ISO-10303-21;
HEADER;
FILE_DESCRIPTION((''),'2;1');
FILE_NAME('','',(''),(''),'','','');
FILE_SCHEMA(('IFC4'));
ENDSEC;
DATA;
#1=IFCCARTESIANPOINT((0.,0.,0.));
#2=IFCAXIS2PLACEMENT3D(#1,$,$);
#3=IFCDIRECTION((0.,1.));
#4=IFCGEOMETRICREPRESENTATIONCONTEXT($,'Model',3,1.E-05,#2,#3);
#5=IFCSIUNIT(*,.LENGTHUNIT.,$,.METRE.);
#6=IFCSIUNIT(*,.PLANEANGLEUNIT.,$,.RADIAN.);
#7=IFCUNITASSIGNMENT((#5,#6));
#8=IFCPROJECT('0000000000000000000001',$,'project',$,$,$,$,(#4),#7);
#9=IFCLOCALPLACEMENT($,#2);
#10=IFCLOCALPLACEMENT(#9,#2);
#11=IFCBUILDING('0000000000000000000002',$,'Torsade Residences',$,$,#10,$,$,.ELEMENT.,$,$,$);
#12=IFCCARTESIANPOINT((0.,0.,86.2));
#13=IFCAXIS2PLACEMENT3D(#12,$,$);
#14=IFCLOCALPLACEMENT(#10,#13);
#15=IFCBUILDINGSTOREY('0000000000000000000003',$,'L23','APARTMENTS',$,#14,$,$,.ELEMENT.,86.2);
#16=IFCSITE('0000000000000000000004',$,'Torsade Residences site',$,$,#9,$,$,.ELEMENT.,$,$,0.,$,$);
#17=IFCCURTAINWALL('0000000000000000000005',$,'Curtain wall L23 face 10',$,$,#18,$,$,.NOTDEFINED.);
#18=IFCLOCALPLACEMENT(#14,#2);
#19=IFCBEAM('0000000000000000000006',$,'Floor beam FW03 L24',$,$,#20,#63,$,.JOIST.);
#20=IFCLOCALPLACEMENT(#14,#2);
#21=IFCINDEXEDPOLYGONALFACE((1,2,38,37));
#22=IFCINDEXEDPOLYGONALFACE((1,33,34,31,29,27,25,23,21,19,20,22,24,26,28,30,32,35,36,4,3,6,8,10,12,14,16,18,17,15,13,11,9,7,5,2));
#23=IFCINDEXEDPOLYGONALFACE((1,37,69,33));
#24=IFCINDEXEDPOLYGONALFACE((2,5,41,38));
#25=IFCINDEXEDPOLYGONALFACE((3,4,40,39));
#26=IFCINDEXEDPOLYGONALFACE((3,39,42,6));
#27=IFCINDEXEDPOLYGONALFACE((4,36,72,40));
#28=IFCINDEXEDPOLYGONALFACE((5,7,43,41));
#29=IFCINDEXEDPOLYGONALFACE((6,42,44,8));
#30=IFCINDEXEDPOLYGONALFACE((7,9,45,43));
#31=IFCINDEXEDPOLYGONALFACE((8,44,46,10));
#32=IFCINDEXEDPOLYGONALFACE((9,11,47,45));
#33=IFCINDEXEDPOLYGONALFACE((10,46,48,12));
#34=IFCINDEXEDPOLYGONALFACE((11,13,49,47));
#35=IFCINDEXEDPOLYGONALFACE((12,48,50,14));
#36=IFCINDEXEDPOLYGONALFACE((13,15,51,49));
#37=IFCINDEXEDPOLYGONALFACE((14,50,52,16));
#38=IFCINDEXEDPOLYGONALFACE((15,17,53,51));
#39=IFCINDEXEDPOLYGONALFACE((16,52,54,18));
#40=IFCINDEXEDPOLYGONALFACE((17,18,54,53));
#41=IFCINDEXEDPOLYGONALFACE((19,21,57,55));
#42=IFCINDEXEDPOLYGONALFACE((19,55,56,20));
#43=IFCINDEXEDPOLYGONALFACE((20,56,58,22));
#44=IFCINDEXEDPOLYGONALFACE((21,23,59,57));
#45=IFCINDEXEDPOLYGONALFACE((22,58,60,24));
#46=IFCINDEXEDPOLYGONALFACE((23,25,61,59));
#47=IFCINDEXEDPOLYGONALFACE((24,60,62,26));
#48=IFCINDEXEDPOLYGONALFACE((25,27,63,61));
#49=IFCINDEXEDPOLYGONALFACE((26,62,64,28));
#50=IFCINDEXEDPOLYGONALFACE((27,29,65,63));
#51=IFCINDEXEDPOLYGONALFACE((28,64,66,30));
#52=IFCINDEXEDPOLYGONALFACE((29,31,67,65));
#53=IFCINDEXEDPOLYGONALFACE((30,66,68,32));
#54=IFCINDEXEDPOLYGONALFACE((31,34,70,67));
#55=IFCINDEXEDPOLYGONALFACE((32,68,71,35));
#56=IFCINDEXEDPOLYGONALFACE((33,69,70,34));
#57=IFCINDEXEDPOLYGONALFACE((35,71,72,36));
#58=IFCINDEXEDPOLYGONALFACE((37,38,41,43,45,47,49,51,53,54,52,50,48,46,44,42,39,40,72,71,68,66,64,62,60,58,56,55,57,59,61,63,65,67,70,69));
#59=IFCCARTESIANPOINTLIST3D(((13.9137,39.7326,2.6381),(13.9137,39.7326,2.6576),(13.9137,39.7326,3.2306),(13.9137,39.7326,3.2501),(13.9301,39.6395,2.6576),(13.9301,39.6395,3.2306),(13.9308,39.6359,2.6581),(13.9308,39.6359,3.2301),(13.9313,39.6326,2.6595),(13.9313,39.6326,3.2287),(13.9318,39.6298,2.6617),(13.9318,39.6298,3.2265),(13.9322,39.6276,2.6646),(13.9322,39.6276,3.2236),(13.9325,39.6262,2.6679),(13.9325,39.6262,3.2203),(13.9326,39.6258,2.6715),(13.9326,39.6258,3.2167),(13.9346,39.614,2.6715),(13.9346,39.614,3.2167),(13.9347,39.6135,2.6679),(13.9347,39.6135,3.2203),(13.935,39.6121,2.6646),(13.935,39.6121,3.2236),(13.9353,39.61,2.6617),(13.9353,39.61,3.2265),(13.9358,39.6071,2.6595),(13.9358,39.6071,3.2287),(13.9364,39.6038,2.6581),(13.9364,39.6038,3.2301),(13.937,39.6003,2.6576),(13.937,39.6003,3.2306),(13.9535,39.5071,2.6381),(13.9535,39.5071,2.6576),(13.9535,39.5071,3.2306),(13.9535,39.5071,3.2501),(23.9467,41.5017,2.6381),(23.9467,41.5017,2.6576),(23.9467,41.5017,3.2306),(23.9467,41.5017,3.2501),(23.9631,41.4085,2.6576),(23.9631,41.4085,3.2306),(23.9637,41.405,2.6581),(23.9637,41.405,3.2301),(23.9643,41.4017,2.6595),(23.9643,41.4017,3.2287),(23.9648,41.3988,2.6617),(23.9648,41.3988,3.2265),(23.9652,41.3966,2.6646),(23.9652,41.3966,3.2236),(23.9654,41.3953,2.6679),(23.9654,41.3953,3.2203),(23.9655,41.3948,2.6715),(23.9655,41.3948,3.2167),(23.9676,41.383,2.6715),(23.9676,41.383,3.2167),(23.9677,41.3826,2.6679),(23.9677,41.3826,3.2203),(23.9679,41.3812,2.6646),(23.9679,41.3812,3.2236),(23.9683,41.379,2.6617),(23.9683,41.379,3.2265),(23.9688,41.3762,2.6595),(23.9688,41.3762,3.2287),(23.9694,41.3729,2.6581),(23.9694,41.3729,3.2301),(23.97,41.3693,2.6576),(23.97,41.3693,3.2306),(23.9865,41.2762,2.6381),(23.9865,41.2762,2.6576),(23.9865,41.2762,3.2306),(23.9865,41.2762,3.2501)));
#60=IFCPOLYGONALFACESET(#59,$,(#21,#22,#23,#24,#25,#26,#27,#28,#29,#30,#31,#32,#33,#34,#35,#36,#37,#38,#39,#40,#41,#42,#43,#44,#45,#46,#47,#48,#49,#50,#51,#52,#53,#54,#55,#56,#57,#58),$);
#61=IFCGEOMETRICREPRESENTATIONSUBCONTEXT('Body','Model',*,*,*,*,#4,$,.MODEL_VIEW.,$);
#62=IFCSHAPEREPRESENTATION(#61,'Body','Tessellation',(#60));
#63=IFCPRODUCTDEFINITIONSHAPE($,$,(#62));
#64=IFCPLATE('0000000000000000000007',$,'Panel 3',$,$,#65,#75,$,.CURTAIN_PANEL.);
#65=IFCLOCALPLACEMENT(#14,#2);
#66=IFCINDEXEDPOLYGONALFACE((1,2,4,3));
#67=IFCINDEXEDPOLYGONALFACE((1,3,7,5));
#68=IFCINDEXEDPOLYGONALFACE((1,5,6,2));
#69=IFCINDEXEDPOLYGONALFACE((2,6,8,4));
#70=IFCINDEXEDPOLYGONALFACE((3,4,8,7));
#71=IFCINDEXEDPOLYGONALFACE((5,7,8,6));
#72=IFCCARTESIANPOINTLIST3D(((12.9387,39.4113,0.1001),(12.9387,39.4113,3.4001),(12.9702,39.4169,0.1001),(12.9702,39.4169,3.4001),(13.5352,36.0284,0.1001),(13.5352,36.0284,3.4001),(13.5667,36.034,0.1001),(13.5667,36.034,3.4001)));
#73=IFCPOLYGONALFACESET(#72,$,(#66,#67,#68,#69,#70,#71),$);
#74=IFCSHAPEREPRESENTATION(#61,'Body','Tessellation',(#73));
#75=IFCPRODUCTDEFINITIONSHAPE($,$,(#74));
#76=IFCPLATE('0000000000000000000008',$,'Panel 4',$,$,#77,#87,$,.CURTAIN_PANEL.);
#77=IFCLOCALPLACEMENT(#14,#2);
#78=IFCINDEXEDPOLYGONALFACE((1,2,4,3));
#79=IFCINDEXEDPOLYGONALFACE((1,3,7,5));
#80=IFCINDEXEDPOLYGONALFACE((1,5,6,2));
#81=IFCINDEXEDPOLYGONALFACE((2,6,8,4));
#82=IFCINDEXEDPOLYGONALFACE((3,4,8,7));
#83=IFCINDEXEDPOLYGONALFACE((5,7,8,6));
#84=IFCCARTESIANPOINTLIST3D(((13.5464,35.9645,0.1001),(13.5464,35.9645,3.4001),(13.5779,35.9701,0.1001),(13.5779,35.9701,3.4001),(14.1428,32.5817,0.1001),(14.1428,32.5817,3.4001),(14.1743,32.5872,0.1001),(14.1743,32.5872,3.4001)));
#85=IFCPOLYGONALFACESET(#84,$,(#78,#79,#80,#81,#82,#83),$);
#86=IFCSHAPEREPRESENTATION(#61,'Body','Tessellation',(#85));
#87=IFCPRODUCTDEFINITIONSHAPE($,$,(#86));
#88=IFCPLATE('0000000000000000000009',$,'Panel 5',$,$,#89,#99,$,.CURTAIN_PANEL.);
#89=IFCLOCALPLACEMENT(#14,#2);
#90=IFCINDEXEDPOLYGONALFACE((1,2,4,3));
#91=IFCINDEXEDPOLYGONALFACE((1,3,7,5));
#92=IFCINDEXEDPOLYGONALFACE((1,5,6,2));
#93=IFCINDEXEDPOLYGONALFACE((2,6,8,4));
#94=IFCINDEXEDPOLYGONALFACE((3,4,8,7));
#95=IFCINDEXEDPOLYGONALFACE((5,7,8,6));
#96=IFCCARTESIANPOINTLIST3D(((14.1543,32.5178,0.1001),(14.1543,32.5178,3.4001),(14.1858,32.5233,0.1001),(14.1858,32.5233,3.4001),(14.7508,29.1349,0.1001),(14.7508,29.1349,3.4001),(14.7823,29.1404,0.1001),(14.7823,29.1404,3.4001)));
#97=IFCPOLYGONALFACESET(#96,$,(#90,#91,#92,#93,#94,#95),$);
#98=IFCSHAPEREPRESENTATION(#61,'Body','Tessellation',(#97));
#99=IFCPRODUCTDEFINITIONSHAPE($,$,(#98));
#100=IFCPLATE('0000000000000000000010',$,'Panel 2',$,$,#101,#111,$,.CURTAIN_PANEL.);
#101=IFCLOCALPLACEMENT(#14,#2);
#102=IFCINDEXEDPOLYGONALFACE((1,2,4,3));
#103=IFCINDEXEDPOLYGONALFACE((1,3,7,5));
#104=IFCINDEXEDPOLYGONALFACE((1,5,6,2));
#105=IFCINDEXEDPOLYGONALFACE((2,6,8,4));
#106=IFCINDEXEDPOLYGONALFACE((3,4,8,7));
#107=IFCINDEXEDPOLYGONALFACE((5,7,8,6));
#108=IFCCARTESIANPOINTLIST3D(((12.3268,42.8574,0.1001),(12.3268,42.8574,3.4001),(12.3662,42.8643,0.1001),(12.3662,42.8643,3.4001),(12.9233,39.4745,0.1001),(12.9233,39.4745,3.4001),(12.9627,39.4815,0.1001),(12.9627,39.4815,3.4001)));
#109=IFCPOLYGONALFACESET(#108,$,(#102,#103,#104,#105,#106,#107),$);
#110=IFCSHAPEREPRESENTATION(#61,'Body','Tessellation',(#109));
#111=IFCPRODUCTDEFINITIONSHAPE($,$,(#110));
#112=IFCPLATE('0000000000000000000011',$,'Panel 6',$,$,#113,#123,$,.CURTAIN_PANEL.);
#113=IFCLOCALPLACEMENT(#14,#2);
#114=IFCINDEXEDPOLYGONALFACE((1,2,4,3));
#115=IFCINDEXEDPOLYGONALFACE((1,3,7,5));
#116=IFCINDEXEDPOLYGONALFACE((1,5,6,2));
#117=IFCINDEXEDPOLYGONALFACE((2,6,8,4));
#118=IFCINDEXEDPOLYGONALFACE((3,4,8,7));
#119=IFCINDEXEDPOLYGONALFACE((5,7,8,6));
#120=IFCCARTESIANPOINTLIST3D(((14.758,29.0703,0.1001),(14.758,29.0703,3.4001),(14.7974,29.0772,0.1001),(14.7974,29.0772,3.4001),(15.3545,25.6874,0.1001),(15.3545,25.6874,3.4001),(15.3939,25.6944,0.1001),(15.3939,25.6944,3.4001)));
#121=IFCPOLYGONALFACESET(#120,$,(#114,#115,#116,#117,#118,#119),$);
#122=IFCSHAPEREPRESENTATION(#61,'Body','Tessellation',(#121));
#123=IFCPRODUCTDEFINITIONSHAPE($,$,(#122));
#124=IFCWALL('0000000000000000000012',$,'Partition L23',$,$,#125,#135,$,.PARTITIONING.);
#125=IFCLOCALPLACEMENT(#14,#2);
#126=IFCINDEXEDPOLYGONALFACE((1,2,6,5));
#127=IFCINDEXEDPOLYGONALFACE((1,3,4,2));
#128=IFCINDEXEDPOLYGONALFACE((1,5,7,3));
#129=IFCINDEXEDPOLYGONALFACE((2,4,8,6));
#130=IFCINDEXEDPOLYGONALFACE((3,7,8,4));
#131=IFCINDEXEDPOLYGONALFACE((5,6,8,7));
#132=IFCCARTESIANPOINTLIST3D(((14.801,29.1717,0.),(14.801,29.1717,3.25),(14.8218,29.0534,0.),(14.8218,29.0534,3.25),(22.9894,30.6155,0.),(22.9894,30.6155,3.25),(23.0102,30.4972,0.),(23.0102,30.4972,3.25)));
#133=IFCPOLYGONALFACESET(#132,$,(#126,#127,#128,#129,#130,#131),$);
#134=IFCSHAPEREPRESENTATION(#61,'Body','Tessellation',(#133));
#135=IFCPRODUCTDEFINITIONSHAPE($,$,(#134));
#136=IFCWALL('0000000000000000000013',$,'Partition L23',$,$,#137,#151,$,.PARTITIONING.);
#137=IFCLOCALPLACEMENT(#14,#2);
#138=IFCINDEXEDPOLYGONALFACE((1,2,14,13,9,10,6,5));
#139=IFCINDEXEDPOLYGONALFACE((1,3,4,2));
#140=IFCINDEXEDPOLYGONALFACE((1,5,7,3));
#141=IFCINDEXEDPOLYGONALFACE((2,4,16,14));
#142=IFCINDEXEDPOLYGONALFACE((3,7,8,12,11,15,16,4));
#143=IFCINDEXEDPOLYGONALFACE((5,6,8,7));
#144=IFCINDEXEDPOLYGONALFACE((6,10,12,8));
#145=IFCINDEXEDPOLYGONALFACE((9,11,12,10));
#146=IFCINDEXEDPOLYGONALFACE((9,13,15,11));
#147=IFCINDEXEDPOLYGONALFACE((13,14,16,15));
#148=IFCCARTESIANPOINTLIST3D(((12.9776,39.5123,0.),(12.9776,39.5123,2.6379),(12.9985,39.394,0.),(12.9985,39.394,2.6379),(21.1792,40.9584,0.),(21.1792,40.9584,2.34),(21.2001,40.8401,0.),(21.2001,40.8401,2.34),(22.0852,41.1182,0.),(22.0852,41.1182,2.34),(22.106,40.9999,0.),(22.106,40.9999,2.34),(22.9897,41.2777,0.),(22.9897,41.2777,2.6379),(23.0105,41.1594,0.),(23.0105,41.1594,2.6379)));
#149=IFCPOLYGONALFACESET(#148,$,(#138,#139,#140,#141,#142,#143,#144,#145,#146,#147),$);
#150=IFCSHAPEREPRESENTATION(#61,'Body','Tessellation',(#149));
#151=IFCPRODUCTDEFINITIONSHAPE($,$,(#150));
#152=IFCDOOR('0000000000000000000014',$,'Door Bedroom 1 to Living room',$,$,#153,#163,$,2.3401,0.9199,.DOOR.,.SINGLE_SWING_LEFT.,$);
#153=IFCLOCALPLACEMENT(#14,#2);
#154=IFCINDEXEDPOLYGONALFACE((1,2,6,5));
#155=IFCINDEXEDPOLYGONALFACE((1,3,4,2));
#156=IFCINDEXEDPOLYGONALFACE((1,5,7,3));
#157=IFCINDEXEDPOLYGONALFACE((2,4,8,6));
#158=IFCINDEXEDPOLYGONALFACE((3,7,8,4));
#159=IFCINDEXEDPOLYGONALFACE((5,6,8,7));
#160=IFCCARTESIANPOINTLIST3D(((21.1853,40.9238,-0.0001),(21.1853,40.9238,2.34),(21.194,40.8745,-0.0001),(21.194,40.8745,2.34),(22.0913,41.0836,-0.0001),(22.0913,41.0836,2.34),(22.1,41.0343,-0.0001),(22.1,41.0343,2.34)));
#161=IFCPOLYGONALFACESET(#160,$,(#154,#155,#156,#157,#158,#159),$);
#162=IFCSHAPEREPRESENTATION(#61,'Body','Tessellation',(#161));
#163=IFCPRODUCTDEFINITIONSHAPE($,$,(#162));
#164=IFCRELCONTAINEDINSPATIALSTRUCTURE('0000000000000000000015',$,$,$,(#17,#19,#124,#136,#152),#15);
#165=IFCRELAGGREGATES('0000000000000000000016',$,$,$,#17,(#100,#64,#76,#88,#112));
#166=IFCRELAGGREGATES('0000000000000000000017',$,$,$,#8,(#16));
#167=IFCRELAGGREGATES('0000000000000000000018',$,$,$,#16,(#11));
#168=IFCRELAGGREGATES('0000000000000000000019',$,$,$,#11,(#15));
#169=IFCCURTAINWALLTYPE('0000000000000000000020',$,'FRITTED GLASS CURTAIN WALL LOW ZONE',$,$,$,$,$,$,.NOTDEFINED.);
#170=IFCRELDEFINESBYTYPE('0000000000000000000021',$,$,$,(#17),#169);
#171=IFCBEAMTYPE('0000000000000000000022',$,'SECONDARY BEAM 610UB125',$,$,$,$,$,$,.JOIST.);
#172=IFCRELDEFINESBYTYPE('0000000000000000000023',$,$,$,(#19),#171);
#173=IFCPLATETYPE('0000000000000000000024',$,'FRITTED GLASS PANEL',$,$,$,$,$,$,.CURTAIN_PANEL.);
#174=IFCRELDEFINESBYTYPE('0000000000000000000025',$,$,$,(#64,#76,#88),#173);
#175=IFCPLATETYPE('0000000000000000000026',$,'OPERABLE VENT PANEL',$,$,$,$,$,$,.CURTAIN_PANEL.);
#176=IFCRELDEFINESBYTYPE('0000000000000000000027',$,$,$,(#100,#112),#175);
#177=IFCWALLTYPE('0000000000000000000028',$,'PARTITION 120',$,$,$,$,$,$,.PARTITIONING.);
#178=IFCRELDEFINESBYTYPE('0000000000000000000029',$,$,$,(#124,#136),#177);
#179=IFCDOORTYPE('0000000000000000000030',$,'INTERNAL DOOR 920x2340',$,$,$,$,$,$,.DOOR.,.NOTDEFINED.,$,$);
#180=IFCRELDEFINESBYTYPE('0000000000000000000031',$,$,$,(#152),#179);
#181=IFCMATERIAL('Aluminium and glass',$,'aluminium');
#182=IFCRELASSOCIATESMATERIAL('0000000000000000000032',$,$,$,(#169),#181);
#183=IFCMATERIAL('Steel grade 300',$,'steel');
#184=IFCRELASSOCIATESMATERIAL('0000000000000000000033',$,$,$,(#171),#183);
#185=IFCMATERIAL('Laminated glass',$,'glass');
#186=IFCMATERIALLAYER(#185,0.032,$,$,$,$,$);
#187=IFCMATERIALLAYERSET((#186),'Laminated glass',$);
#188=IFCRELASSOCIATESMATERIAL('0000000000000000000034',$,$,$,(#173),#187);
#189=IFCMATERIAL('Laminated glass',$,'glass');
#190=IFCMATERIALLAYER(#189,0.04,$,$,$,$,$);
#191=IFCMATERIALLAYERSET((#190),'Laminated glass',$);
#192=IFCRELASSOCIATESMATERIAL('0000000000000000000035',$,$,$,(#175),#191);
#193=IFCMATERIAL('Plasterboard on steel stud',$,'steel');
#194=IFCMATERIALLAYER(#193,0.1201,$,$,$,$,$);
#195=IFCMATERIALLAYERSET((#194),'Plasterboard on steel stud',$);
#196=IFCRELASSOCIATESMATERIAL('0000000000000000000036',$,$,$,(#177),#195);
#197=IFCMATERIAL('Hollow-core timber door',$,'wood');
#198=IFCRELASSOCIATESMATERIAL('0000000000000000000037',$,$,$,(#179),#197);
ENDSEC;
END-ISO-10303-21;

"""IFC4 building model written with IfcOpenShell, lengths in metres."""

from ifc_helpers import new_model, si_unit, direction, frame, frame_2d, origin, origin_2d, place, context, subcontext, project, spatial, rectangle, i_section, extrude, material, layer, layer_set, material_profile, profile_set, type_object, element, fill, aggregate, save


model = new_model("IFC4")

# Units and contexts
model_context = context("Model", 3, precision=1e-05, world=origin(), true_north=direction((0.0, 1.0)))
body_context = subcontext(model_context, "Body", "Model", "MODEL_VIEW")
ifc_project = project(units=[si_unit("LENGTHUNIT", "METRE"), si_unit("PLANEANGLEUNIT", "RADIAN")], contexts=[model_context])

# Site, building, storey
site_placement = place(None, origin())
site = spatial("IfcSite", under=ifc_project, at=site_placement, Name="Torsade Residences site", CompositionType="ELEMENT", RefElevation=0.0)
building_placement = place(site_placement, origin())
building = spatial("IfcBuilding", under=site, at=building_placement, Name="Torsade Residences", CompositionType="ELEMENT")
storey_placement = place(building_placement, frame((0.0, 0.0, 86.2)))
storey = spatial("IfcBuildingStorey", under=building, at=storey_placement, Name="L23", Description="APARTMENTS", CompositionType="ELEMENT", Elevation=86.2)

# Curtain wall
ifc_material_1 = material(Name="Aluminium and glass", Category="aluminium")
curtain_wall_type = type_object("IfcCurtainWallType", Name="FRITTED GLASS CURTAIN WALL LOW ZONE", PredefinedType="NOTDEFINED", material=ifc_material_1)
curtain_wall_placement = place(storey_placement, origin())
curtain_wall = element("IfcCurtainWall", 1, at=curtain_wall_placement, inside=storey, type_object=curtain_wall_type, Name="Curtain wall L23 face 10", PredefinedType="NOTDEFINED")

# Beam
ifc_material_2 = material(Name="Steel grade 300", Category="steel")
ifc_material_profile_1 = material_profile(ifc_material_2, i_section(OverallWidth=0.229, OverallDepth=0.6121, WebThickness=0.012, FlangeThickness=0.0195, FilletRadius=0.0139, at=origin_2d()), Name="610UB125")
ifc_profile_set_1 = profile_set([ifc_material_profile_1], Name="Steel grade 300")
beam_type_1 = type_object("IfcBeamType", Name="SECONDARY BEAM 610UB125", PredefinedType="JOIST", material=ifc_profile_set_1)
beam_1_placement = place(storey_placement, frame((13.9336, 39.6199, 2.9441), z_axis=(0.984808, 0.173645, 0.0), x_axis=(-0.173645, 0.984808, 0.0)))
element("IfcBeam", 2, at=beam_1_placement, inside=storey, type_object=beam_type_1, Name="Floor beam FW03 L24", PredefinedType="JOIST", context=body_context, shape_type="SweptSolid", body=[
    extrude(i_section(OverallWidth=0.229, OverallDepth=0.6121, WebThickness=0.012, FlangeThickness=0.0195, FilletRadius=0.0139, at=origin_2d()), origin(), (0.0, 0.0, 1.0), 10.1877),
])

# Plates
ifc_material_3 = material(Name="Laminated glass", Category="glass")
ifc_layer_1 = layer(ifc_material_3, 0.032)
ifc_layer_set_1 = layer_set([ifc_layer_1], Name="Laminated glass")
plate_type_1 = type_object("IfcPlateType", Name="FRITTED GLASS PANEL", PredefinedType="CURTAIN_PANEL", material=ifc_layer_set_1)
plate_1_placement = place(storey_placement, frame((13.2527, 37.7227, 0.1001), z_axis=(0.0, 0.0, 1.0), x_axis=(0.173648, -0.984808, 0.0)))
plate_1 = element("IfcPlate", 3, at=plate_1_placement, type_object=plate_type_1, Name="Panel 3", PredefinedType="CURTAIN_PANEL", context=body_context, shape_type="SweptSolid", body=[
    extrude(rectangle(XDim=3.4351, YDim=0.032, at=origin_2d()), origin(), (0.0, 0.0, 1.0), 3.3),
])
plate_2_placement = place(storey_placement, frame((13.8604, 34.2759, 0.1001), z_axis=(0.0, 0.0, 1.0), x_axis=(0.173648, -0.984808, 0.0)))
plate_2 = element("IfcPlate", 4, at=plate_2_placement, type_object=plate_type_1, Name="Panel 4", PredefinedType="CURTAIN_PANEL", context=body_context, shape_type="SweptSolid", body=[
    extrude(rectangle(XDim=3.4351, YDim=0.032, at=origin_2d()), origin(), (0.0, 0.0, 1.0), 3.3),
])
plate_3_placement = place(storey_placement, frame((14.4683, 30.8291, 0.1001), z_axis=(0.0, 0.0, 1.0), x_axis=(0.173648, -0.984808, 0.0)))
plate_3 = element("IfcPlate", 5, at=plate_3_placement, type_object=plate_type_1, Name="Panel 5", PredefinedType="CURTAIN_PANEL", context=body_context, shape_type="SweptSolid", body=[
    extrude(rectangle(XDim=3.4351, YDim=0.032, at=origin_2d()), origin(), (0.0, 0.0, 1.0), 3.3),
])
ifc_material_4 = material(Name="Laminated glass", Category="glass")
ifc_layer_2 = layer(ifc_material_4, 0.04)
ifc_layer_set_2 = layer_set([ifc_layer_2], Name="Laminated glass")
plate_type_2 = type_object("IfcPlateType", Name="OPERABLE VENT PANEL", PredefinedType="CURTAIN_PANEL", material=ifc_layer_set_2)
plate_4_placement = place(storey_placement, frame((12.6448, 41.1694, 0.1001), z_axis=(0.0, 0.0, 1.0), x_axis=(0.173648, -0.984808, 0.0)))
plate_4 = element("IfcPlate", 6, at=plate_4_placement, type_object=plate_type_2, Name="Panel 2", PredefinedType="CURTAIN_PANEL", context=body_context, shape_type="SweptSolid", body=[
    extrude(rectangle(XDim=3.4351, YDim=0.04, at=origin_2d()), origin(), (0.0, 0.0, 1.0), 3.3),
])
plate_5_placement = place(storey_placement, frame((15.0759, 27.3823, 0.1001), z_axis=(0.0, 0.0, 1.0), x_axis=(0.173648, -0.984808, 0.0)))
plate_5 = element("IfcPlate", 7, at=plate_5_placement, type_object=plate_type_2, Name="Panel 6", PredefinedType="CURTAIN_PANEL", context=body_context, shape_type="SweptSolid", body=[
    extrude(rectangle(XDim=3.4351, YDim=0.04, at=origin_2d()), origin(), (0.0, 0.0, 1.0), 3.3),
])
aggregate(curtain_wall, [plate_4, plate_1, plate_2, plate_3, plate_5])

# Wall
ifc_material_5 = material(Name="Plasterboard on steel stud", Category="steel")
ifc_layer_3 = layer(ifc_material_5, 0.1201)
ifc_layer_set_3 = layer_set([ifc_layer_3], Name="Plasterboard on steel stud")
wall_type_1 = type_object("IfcWallType", Name="PARTITION 120", PredefinedType="PARTITIONING", material=ifc_layer_set_3)
wall_1_placement = place(storey_placement, frame((14.8115, 29.1125, 0.0), z_axis=(0.0, 0.0, 1.0), x_axis=(0.984808, 0.173648, 0.0)))
element("IfcWall", 8, at=wall_1_placement, inside=storey, type_object=wall_type_1, Name="Partition L23", PredefinedType="PARTITIONING", context=body_context, shape_type="SweptSolid", body=[
    extrude(rectangle(XDim=8.3147, YDim=0.1201, at=frame_2d((4.1572, 0.0))), origin(), (0.0, 0.0, 1.0), 3.25),
])

# Wall, opening, door
wall_2_placement = place(storey_placement, frame((12.988, 39.4531, 0.0), z_axis=(0.0, 0.0, 1.0), x_axis=(0.984808, 0.173648, 0.0)))
wall_2 = element("IfcWall", 9, at=wall_2_placement, inside=storey, type_object=wall_type_1, Name="Partition L23", PredefinedType="PARTITIONING", context=body_context, shape_type="SweptSolid", body=[
    extrude(rectangle(XDim=10.1665, YDim=0.1201, at=frame_2d((5.0833, 0.0))), origin(), (0.0, 0.0, 1.0), 2.6379),
])
opening_1_placement = place(wall_2_placement, frame((8.3281, 0.0, 0.0)))
opening_1 = element("IfcOpeningElement", 10, at=opening_1_placement, cuts=wall_2, PredefinedType="OPENING", context=body_context, shape_type="SweptSolid", body=[
    extrude(rectangle(XDim=0.9199, YDim=2.3401, at=frame_2d((0.46, 1.1699))), frame((0.0, 0.0701, 0.0), z_axis=(0.0, -1.0, 0.0), x_axis=(1.0, 0.0, 0.0)), (0.0, 0.0, 1.0), 0.1401),
])
ifc_material_6 = material(Name="Hollow-core timber door", Category="wood")
door_type = type_object("IfcDoorType", Name="INTERNAL DOOR 920x2340", OperationType="NOTDEFINED", PredefinedType="DOOR", material=ifc_material_6)
door_1_placement = place(opening_1_placement, origin())
door_1 = element("IfcDoor", 11, at=door_1_placement, inside=storey, type_object=door_type, Name="Door Bedroom 1 to Living room", OperationType="SINGLE_SWING_LEFT", OverallHeight=2.3401, OverallWidth=0.9199, PredefinedType="DOOR", context=body_context, shape_type="SweptSolid", body=[
    extrude(rectangle(XDim=0.9199, YDim=2.3401, at=frame_2d((0.46, 1.1699))), frame((0.0, 0.0249, 0.0), z_axis=(0.0, -1.0, 0.0), x_axis=(1.0, 0.0, 0.0)), (0.0, 0.0, 1.0), 0.05),
])
fill(opening_1, door_1)

save(model, "model.ifc")
